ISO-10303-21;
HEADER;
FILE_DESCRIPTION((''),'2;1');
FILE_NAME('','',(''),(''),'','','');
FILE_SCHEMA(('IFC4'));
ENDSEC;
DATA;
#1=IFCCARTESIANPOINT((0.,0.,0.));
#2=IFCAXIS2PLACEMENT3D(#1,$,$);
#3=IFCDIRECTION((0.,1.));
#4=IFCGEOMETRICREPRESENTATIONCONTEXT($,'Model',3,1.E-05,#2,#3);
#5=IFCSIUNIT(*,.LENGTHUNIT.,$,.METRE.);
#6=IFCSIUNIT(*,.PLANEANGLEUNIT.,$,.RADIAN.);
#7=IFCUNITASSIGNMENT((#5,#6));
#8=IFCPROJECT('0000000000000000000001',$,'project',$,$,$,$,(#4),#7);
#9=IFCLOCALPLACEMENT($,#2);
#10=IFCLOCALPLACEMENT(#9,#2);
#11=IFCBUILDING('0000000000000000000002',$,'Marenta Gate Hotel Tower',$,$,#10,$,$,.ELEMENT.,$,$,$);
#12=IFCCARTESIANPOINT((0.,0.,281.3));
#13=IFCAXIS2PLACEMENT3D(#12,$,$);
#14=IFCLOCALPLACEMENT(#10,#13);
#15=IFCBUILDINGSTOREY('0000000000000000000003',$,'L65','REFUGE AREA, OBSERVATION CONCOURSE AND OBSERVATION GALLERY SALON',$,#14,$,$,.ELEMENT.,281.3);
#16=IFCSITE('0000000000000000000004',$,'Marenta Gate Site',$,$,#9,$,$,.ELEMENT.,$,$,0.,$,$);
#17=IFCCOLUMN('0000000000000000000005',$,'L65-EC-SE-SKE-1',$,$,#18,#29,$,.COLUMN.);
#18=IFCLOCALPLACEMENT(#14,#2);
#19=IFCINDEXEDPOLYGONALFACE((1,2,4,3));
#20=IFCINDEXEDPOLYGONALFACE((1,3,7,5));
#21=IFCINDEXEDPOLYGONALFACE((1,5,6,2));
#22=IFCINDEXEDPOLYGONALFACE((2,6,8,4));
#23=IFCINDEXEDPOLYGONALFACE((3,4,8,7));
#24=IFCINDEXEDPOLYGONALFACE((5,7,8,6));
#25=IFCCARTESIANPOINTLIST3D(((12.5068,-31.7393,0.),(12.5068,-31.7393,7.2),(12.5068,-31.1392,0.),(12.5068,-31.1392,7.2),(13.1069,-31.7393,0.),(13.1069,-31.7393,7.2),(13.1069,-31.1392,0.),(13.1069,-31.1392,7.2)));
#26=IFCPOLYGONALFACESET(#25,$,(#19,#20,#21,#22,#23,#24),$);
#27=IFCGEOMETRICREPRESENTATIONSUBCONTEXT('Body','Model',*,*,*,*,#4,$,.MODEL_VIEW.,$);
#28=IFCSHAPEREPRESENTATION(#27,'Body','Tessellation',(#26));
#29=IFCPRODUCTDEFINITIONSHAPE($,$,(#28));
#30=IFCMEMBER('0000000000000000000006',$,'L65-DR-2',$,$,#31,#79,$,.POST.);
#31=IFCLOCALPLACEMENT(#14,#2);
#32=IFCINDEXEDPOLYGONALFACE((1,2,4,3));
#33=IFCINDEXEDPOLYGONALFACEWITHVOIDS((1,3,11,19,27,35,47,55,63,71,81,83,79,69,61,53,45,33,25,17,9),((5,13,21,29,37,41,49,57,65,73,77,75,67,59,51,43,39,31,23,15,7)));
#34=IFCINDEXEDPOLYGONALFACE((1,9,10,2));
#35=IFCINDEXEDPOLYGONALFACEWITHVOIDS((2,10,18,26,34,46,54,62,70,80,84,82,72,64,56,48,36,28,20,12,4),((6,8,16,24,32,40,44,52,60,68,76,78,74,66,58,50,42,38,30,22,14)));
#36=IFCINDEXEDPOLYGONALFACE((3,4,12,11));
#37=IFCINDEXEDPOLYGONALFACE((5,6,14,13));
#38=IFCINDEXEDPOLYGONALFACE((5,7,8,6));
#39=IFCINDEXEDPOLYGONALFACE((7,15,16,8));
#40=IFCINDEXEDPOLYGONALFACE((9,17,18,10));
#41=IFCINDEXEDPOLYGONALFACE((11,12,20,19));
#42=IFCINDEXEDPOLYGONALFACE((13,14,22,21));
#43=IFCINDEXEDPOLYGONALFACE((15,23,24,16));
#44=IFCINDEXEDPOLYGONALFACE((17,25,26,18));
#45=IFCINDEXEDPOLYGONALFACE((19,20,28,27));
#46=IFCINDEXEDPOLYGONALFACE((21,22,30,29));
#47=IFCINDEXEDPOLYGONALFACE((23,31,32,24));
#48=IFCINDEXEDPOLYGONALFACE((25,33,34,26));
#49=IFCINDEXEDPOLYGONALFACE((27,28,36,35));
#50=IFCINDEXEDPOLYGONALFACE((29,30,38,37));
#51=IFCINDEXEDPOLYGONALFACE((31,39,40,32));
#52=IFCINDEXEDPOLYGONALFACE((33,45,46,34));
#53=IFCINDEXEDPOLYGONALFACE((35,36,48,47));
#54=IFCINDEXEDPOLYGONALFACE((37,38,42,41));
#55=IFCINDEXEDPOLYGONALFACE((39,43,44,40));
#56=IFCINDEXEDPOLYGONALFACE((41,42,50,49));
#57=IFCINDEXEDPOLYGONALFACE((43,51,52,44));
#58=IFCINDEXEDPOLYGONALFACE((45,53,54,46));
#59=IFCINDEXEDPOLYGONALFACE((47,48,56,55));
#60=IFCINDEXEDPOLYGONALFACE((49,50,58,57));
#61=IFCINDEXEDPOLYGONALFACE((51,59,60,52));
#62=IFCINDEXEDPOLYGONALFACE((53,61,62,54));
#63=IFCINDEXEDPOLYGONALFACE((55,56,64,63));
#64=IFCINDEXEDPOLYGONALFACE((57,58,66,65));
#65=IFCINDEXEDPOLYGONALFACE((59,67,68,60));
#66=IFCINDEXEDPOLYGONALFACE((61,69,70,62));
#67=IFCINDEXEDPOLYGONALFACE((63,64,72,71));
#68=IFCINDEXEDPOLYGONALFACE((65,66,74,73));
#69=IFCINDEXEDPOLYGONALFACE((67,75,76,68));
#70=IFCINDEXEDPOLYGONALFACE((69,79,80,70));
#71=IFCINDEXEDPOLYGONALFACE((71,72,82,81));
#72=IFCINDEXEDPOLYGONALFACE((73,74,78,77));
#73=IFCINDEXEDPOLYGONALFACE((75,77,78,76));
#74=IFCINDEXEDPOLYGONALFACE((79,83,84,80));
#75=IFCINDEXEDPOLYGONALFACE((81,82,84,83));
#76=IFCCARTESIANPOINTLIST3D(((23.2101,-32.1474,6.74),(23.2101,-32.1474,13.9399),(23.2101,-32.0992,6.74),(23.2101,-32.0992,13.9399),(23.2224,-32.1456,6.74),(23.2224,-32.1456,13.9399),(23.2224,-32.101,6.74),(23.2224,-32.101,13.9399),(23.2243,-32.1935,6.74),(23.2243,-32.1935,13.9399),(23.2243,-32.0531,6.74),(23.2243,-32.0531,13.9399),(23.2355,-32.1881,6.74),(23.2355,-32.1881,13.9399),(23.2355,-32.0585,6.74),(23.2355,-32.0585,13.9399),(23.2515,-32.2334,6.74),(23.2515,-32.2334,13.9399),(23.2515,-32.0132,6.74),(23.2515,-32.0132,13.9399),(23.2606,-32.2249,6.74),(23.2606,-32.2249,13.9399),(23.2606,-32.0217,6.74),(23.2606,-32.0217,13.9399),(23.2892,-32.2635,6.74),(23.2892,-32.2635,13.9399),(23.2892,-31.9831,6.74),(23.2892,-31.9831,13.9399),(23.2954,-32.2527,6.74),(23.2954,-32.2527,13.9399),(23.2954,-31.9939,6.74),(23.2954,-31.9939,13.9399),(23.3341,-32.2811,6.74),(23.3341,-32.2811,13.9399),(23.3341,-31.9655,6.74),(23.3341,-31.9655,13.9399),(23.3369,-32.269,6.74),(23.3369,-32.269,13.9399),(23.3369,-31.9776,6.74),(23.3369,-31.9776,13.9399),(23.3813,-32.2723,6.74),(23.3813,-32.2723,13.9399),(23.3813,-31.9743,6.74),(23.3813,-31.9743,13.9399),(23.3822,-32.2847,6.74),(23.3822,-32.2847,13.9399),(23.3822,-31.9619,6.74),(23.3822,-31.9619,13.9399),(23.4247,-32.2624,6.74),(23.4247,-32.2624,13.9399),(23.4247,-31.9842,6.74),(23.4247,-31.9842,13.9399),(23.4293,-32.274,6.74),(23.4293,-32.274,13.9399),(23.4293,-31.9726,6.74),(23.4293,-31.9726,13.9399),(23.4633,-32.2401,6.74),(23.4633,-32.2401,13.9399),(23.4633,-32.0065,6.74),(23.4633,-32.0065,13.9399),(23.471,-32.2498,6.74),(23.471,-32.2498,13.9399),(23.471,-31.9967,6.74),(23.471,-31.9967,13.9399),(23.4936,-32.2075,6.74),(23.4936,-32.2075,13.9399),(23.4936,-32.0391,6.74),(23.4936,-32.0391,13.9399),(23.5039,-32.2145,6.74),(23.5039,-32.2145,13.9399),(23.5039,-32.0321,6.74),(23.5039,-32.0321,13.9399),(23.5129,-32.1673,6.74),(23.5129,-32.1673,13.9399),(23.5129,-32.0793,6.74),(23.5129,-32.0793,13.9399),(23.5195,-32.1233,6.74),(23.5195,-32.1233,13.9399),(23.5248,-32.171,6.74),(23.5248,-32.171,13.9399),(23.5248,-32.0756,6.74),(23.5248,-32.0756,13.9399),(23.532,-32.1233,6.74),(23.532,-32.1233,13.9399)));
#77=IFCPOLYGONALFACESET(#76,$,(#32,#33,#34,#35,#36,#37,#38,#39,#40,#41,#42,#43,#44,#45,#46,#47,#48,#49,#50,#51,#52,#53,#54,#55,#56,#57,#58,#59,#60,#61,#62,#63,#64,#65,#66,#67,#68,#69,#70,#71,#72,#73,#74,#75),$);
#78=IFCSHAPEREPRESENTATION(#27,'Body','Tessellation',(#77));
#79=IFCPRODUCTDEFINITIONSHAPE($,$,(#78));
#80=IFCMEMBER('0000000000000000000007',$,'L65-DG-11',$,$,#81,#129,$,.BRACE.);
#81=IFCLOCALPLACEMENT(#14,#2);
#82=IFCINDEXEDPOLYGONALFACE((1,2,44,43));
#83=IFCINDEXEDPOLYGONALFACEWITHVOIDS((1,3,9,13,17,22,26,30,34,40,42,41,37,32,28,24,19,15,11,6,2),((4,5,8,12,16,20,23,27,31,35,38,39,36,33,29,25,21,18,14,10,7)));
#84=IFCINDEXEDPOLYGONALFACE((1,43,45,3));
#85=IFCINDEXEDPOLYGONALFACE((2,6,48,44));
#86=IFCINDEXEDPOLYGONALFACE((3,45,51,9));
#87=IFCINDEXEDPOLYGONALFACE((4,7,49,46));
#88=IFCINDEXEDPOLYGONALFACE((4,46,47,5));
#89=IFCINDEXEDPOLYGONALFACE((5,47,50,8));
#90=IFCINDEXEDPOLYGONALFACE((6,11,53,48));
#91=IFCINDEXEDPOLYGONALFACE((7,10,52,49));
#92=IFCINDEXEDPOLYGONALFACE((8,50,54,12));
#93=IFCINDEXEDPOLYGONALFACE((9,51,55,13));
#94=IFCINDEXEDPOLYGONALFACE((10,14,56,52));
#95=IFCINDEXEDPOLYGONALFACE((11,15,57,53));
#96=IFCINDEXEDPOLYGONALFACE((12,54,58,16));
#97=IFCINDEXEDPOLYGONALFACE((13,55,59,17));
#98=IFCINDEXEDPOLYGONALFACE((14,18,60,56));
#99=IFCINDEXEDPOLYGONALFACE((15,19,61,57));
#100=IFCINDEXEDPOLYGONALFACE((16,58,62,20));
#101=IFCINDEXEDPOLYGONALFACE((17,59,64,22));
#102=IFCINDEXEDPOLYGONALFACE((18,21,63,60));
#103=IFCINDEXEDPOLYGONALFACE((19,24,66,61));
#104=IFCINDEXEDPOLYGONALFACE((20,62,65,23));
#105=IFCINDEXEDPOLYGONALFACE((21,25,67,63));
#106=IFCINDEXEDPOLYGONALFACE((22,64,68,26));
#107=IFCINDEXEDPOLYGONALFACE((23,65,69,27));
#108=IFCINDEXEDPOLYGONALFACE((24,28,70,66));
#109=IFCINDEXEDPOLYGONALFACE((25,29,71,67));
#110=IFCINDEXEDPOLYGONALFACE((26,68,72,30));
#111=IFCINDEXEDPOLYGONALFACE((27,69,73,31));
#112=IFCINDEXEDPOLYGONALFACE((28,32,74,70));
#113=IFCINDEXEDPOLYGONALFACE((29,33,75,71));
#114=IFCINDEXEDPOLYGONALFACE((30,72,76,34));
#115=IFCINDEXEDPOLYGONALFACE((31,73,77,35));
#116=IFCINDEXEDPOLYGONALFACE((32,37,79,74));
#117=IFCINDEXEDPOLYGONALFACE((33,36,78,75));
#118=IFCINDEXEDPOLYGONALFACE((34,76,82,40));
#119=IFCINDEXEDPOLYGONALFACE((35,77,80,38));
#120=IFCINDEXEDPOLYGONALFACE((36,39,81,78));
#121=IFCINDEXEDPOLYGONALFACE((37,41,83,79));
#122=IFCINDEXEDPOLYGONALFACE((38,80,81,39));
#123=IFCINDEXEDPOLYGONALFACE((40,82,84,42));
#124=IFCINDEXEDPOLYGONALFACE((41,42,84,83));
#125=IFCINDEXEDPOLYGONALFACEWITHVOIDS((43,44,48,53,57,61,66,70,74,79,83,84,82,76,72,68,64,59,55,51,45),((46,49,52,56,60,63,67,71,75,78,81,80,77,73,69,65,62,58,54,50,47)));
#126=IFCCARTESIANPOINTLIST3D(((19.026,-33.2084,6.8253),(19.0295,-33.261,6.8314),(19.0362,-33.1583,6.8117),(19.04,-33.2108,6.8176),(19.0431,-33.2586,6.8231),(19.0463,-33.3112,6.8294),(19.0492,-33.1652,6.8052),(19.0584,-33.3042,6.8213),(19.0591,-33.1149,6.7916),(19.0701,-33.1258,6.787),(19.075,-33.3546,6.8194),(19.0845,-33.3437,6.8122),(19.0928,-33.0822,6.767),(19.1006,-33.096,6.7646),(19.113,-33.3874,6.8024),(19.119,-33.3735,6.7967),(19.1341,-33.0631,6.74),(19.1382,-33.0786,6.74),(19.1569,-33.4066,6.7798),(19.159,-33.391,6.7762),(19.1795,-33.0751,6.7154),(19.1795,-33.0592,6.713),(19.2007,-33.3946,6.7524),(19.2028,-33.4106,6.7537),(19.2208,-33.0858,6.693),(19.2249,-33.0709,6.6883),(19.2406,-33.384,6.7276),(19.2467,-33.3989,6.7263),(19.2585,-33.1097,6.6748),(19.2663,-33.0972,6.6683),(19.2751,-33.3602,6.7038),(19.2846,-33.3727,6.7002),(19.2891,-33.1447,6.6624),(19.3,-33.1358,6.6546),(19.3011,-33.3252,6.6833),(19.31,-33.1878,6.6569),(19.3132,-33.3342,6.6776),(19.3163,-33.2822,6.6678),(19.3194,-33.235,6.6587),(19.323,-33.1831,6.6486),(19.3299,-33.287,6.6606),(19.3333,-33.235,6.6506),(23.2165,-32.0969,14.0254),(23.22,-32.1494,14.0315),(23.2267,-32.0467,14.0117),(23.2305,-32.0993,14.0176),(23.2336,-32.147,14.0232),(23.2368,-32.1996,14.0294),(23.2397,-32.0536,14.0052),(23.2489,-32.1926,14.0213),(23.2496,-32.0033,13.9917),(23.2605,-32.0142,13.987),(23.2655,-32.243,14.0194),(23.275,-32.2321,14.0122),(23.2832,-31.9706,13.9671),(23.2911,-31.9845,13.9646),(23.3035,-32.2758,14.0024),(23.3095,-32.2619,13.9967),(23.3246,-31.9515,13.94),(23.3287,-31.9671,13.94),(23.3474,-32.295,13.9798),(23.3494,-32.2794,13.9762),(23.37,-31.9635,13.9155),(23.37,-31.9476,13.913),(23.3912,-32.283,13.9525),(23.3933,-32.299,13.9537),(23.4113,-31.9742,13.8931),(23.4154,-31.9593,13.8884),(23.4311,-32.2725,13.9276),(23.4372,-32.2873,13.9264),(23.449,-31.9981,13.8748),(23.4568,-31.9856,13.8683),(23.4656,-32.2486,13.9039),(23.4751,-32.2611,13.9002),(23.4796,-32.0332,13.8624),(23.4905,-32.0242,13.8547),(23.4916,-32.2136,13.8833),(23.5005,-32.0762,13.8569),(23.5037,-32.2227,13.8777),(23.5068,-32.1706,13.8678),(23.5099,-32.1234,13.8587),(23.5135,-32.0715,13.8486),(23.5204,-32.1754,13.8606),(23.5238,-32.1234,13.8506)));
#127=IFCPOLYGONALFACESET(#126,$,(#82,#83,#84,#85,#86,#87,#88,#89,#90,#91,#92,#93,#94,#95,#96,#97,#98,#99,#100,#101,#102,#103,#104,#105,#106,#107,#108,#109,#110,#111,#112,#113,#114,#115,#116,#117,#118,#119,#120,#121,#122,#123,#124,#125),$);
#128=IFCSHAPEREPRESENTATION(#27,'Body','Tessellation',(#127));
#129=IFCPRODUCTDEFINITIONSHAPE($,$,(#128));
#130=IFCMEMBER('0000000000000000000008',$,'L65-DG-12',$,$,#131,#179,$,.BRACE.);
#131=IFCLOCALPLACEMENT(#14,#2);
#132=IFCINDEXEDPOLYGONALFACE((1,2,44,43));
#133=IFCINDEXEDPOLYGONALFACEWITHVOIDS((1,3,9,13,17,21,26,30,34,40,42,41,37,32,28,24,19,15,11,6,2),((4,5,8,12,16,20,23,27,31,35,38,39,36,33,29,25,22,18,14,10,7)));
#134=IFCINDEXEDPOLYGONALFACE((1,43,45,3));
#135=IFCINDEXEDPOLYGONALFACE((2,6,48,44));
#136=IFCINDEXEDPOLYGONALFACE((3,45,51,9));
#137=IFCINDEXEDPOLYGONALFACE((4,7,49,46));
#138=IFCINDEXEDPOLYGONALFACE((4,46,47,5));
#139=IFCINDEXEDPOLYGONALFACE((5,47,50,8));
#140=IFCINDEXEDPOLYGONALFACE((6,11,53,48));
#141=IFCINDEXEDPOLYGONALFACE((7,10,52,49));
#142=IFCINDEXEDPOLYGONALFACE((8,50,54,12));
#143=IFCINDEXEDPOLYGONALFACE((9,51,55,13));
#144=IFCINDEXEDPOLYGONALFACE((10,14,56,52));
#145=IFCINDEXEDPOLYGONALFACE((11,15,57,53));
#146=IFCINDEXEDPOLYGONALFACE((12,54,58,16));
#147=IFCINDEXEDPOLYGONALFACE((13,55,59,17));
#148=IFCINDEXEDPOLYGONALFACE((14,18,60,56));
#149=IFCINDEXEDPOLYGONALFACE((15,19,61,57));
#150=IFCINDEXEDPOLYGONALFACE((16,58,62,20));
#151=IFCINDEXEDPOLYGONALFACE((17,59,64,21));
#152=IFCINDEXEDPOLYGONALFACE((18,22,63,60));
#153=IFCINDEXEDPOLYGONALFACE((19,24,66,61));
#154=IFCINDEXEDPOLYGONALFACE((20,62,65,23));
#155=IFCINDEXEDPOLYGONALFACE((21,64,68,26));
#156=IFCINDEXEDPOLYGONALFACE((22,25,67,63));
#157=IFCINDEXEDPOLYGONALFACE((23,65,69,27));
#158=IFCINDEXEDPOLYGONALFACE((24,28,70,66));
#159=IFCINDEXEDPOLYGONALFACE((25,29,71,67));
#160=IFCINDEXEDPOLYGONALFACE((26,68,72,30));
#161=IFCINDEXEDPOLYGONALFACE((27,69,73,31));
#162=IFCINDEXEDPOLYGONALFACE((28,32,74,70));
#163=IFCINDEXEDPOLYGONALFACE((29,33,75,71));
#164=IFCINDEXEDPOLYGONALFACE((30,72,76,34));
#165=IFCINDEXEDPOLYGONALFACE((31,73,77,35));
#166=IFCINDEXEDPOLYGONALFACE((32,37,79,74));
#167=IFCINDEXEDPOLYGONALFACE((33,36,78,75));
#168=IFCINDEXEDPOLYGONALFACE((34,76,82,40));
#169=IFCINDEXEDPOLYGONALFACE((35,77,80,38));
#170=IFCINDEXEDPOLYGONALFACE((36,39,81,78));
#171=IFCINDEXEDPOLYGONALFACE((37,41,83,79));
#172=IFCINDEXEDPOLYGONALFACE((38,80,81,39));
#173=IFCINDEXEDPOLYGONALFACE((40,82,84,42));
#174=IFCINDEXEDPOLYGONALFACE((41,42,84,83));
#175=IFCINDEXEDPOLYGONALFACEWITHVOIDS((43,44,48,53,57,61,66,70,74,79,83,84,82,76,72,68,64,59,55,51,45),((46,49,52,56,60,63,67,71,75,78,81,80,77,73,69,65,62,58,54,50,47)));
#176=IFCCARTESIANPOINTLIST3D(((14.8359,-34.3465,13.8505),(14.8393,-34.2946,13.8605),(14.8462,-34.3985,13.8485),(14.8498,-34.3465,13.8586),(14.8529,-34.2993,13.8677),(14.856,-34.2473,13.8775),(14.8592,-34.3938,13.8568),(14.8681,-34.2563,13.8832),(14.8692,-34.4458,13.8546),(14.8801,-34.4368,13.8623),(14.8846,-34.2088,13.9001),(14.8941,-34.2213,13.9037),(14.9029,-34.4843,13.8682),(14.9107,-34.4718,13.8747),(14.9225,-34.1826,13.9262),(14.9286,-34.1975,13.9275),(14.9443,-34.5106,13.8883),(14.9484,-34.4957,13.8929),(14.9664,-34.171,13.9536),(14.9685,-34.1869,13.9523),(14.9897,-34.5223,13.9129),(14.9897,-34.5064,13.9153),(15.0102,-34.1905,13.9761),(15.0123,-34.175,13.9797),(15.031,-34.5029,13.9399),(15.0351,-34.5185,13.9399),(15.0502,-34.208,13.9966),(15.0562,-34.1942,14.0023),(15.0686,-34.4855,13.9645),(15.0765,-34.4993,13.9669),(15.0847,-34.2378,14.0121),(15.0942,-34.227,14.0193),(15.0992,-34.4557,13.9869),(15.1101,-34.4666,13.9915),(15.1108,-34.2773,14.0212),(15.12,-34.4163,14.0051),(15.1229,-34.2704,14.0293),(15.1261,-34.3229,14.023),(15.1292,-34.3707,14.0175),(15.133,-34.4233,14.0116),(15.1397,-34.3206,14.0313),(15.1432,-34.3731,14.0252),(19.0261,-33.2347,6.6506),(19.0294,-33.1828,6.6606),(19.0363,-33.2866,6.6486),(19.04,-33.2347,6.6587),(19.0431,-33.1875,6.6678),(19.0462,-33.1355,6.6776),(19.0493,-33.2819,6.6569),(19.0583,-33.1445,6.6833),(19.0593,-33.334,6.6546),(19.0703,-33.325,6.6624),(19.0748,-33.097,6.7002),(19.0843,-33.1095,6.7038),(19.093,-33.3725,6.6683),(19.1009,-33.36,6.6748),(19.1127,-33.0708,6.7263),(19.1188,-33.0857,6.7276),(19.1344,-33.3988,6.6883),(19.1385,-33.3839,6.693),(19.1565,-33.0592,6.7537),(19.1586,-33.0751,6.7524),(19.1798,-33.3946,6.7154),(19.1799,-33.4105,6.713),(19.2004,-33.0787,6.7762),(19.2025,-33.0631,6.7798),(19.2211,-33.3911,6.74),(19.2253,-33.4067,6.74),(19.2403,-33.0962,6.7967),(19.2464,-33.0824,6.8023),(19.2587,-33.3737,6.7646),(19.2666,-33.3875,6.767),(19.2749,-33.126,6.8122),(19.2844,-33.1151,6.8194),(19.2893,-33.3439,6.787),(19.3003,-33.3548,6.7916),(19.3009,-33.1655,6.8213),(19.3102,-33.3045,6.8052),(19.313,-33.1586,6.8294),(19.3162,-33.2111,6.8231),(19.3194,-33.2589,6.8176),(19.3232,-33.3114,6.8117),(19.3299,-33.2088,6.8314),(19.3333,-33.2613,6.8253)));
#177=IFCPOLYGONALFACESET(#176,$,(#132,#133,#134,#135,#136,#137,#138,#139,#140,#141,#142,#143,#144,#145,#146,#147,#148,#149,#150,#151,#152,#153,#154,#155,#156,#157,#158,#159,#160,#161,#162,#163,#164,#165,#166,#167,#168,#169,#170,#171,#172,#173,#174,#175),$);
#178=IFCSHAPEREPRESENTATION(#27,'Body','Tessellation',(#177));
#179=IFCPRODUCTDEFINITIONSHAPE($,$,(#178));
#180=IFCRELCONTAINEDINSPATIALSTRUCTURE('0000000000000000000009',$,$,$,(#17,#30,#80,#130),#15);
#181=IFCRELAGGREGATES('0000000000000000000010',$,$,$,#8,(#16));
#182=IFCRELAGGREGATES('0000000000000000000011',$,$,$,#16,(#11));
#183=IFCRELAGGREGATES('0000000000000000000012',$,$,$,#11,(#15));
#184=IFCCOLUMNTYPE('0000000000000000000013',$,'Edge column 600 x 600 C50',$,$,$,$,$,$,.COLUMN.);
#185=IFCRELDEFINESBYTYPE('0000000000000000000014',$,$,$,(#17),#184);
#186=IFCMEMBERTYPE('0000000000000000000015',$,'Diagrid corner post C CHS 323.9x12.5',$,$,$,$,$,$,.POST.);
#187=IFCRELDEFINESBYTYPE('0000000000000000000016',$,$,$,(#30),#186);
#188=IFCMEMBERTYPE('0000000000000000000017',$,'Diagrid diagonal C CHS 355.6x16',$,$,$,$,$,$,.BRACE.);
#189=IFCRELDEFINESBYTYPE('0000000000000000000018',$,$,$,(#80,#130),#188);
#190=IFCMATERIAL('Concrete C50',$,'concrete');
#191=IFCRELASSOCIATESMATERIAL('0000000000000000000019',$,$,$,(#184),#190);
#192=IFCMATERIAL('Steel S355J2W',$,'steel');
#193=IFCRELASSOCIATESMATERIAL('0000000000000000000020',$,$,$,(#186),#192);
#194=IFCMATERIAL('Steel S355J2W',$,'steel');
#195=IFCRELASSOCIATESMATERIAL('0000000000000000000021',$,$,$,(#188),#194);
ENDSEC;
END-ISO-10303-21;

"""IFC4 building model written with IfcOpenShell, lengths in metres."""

from ifc_helpers import new_model, si_unit, direction, frame, origin, origin_2d, place, context, subcontext, project, spatial, rectangle, hollow_circle, extrude, material, material_profile, profile_set, type_object, element, save


model = new_model("IFC4")

# Units and contexts
model_context = context("Model", 3, precision=1e-05, world=origin(), true_north=direction((0.0, 1.0)))
body_context = subcontext(model_context, "Body", "Model", "MODEL_VIEW")
ifc_project = project(units=[si_unit("LENGTHUNIT", "METRE"), si_unit("PLANEANGLEUNIT", "RADIAN")], contexts=[model_context])

# Site, building, storey
site_placement = place(None, origin())
site = spatial("IfcSite", under=ifc_project, at=site_placement, Name="Marenta Gate Site", CompositionType="ELEMENT", RefElevation=0.0)
building_placement = place(site_placement, origin())
building = spatial("IfcBuilding", under=site, at=building_placement, Name="Marenta Gate Hotel Tower", CompositionType="ELEMENT")
storey_placement = place(building_placement, frame((0.0, 0.0, 281.3)))
storey = spatial("IfcBuildingStorey", under=building, at=storey_placement, Name="L65", Description="REFUGE AREA, OBSERVATION CONCOURSE AND OBSERVATION GALLERY SALON", CompositionType="ELEMENT", Elevation=281.3)

# Column
ifc_material_1 = material(Name="Concrete C50", Category="concrete")
ifc_material_profile_1 = material_profile(ifc_material_1, rectangle(XDim=0.6001, YDim=0.6001, at=origin_2d()), Name="600 x 600")
ifc_profile_set_1 = profile_set([ifc_material_profile_1], Name="Concrete C50")
column_type = type_object("IfcColumnType", Name="Edge column 600 x 600 C50", PredefinedType="COLUMN", material=ifc_profile_set_1)
column_placement = place(storey_placement, frame((12.8069, -31.4392, 0.0), z_axis=(0.0, 0.0, 1.0), x_axis=(1.0, 0.0, 0.0)))
element("IfcColumn", 1, at=column_placement, inside=storey, type_object=column_type, Name="L65-EC-SE-SKE-1", PredefinedType="COLUMN", context=body_context, shape_type="SweptSolid", body=[
    extrude(rectangle(XDim=0.6001, YDim=0.6001, at=origin_2d()), origin(), (0.0, 0.0, 1.0), 7.2),
])

# Members
ifc_material_2 = material(Name="Steel S355J2W", Category="steel")
ifc_material_profile_2 = material_profile(ifc_material_2, hollow_circle(Radius=0.1619, WallThickness=0.0125, at=origin_2d()), Name="CHS 323.9x12.5")
ifc_profile_set_2 = profile_set([ifc_material_profile_2], Name="Steel S355J2W")
member_type_1 = type_object("IfcMemberType", Name="Diagrid corner post C CHS 323.9x12.5", PredefinedType="POST", material=ifc_profile_set_2)
member_1_placement = place(storey_placement, frame((23.3701, -32.1233, 6.74), z_axis=(0.0, 0.0, 1.0), x_axis=(1.0, 0.0, 0.0)))
element("IfcMember", 2, at=member_1_placement, inside=storey, type_object=member_type_1, Name="L65-DR-2", PredefinedType="POST", context=body_context, shape_type="SweptSolid", body=[
    extrude(hollow_circle(Radius=0.1619, WallThickness=0.0125, at=origin_2d()), origin(), (0.0, 0.0, 1.0), 7.2),
])
ifc_material_3 = material(Name="Steel S355J2W", Category="steel")
ifc_material_profile_3 = material_profile(ifc_material_3, hollow_circle(Radius=0.1777, WallThickness=0.0161, at=origin_2d()), Name="CHS 355.6x16")
ifc_profile_set_3 = profile_set([ifc_material_profile_3], Name="Steel S355J2W")
member_type_2 = type_object("IfcMemberType", Name="Diagrid diagonal C CHS 355.6x16", PredefinedType="BRACE", material=ifc_profile_set_3)
member_2_placement = place(storey_placement, frame((19.1797, -33.2349, 6.74), z_axis=(0.498597, 0.13226, 0.856684), x_axis=(-0.256397, 0.966572, 0.0)))
element("IfcMember", 3, at=member_2_placement, inside=storey, type_object=member_type_2, Name="L65-DG-11", PredefinedType="BRACE", context=body_context, shape_type="SweptSolid", body=[
    extrude(hollow_circle(Radius=0.1777, WallThickness=0.0161, at=origin_2d()), origin(), (0.0, 0.0, 1.0), 8.4045),
])
member_3_placement = place(storey_placement, frame((19.1797, -33.2349, 6.74), z_axis=(-0.498573, -0.132291, 0.856693), x_axis=(0.256464, -0.966554, 0.0)))
element("IfcMember", 4, at=member_3_placement, inside=storey, type_object=member_type_2, Name="L65-DG-12", PredefinedType="BRACE", context=body_context, shape_type="SweptSolid", body=[
    extrude(hollow_circle(Radius=0.1777, WallThickness=0.0161, at=origin_2d()), origin(), (0.0, 0.0, 1.0), 8.4043),
])

save(model, "model.ifc")
